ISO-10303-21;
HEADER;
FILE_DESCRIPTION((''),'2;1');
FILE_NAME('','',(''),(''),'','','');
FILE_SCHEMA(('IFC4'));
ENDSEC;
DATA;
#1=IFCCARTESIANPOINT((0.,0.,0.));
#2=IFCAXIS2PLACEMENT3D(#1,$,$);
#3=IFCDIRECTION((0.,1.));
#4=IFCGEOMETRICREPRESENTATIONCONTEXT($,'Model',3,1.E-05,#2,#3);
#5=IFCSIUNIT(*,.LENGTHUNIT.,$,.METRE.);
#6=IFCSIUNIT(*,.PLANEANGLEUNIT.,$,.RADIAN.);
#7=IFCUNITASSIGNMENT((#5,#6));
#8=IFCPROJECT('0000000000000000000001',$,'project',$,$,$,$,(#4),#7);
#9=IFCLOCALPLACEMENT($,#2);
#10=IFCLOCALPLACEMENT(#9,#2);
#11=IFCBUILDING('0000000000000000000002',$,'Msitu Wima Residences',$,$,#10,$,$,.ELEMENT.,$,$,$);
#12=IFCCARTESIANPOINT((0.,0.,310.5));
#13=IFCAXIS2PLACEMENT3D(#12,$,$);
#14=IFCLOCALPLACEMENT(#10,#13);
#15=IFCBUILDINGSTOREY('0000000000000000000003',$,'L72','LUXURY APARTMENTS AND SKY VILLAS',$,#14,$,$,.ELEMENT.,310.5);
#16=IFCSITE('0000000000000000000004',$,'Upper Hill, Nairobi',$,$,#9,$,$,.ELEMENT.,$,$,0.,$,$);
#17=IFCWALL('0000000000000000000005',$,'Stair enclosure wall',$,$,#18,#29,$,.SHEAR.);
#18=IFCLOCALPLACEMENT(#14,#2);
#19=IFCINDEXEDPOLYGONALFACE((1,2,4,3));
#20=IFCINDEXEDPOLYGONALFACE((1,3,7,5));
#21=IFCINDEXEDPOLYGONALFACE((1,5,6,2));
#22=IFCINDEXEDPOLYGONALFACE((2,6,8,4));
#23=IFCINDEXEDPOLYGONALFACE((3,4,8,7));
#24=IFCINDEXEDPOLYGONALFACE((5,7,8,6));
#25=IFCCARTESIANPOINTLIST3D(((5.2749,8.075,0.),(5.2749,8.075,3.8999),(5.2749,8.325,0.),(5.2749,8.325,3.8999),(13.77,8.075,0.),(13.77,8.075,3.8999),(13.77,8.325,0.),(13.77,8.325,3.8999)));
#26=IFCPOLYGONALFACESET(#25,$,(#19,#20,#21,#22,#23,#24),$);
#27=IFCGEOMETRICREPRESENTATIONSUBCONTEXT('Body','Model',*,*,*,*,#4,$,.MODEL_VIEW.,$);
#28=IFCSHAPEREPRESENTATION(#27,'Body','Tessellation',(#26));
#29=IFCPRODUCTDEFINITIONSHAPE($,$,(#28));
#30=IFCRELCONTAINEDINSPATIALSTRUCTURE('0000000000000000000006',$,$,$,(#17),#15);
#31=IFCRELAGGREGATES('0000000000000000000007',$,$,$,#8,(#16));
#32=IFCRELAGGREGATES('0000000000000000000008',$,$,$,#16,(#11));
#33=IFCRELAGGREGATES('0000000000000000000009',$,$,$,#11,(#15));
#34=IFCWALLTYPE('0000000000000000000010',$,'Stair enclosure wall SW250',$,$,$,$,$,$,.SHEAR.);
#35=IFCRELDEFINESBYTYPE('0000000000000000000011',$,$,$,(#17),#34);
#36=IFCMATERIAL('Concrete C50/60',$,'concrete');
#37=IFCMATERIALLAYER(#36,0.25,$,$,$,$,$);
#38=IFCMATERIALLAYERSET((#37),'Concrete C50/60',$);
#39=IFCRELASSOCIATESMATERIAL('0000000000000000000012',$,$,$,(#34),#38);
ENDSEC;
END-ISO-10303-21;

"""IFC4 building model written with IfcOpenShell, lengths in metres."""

from ifc_helpers import new_model, si_unit, direction, frame, frame_2d, origin, place, context, subcontext, project, spatial, rectangle, extrude, material, layer, layer_set, type_object, element, save


model = new_model("IFC4")

# Units and contexts
model_context = context("Model", 3, precision=1e-05, world=origin(), true_north=direction((0.0, 1.0)))
body_context = subcontext(model_context, "Body", "Model", "MODEL_VIEW")
ifc_project = project(units=[si_unit("LENGTHUNIT", "METRE"), si_unit("PLANEANGLEUNIT", "RADIAN")], contexts=[model_context])

# Site, building, storey
site_placement = place(None, origin())
site = spatial("IfcSite", under=ifc_project, at=site_placement, Name="Upper Hill, Nairobi", CompositionType="ELEMENT", RefElevation=0.0)
building_placement = place(site_placement, origin())
building = spatial("IfcBuilding", under=site, at=building_placement, Name="Msitu Wima Residences", CompositionType="ELEMENT")
storey_placement = place(building_placement, frame((0.0, 0.0, 310.5)))
storey = spatial("IfcBuildingStorey", under=building, at=storey_placement, Name="L72", Description="LUXURY APARTMENTS AND SKY VILLAS", CompositionType="ELEMENT", Elevation=310.5)

# Wall
ifc_material_1 = material(Name="Concrete C50/60", Category="concrete")
ifc_layer_1 = layer(ifc_material_1, 0.25)
ifc_layer_set_1 = layer_set([ifc_layer_1], Name="Concrete C50/60")
wall_type_1 = type_object("IfcWallType", Name="Stair enclosure wall SW250", PredefinedType="SHEAR", material=ifc_layer_set_1)
wall_1_placement = place(storey_placement, frame((5.2749, 8.2, 0.0), z_axis=(0.0, 0.0, 1.0), x_axis=(1.0, 0.0, 0.0)))
element("IfcWall", 1, at=wall_1_placement, inside=storey, type_object=wall_type_1, Name="Stair enclosure wall", PredefinedType="SHEAR", context=body_context, shape_type="SweptSolid", body=[
    extrude(rectangle(XDim=8.4951, YDim=0.25, at=frame_2d((4.2476, 0.0))), origin(), (0.0, 0.0, 1.0), 3.8999),
])

save(model, "model.ifc")
